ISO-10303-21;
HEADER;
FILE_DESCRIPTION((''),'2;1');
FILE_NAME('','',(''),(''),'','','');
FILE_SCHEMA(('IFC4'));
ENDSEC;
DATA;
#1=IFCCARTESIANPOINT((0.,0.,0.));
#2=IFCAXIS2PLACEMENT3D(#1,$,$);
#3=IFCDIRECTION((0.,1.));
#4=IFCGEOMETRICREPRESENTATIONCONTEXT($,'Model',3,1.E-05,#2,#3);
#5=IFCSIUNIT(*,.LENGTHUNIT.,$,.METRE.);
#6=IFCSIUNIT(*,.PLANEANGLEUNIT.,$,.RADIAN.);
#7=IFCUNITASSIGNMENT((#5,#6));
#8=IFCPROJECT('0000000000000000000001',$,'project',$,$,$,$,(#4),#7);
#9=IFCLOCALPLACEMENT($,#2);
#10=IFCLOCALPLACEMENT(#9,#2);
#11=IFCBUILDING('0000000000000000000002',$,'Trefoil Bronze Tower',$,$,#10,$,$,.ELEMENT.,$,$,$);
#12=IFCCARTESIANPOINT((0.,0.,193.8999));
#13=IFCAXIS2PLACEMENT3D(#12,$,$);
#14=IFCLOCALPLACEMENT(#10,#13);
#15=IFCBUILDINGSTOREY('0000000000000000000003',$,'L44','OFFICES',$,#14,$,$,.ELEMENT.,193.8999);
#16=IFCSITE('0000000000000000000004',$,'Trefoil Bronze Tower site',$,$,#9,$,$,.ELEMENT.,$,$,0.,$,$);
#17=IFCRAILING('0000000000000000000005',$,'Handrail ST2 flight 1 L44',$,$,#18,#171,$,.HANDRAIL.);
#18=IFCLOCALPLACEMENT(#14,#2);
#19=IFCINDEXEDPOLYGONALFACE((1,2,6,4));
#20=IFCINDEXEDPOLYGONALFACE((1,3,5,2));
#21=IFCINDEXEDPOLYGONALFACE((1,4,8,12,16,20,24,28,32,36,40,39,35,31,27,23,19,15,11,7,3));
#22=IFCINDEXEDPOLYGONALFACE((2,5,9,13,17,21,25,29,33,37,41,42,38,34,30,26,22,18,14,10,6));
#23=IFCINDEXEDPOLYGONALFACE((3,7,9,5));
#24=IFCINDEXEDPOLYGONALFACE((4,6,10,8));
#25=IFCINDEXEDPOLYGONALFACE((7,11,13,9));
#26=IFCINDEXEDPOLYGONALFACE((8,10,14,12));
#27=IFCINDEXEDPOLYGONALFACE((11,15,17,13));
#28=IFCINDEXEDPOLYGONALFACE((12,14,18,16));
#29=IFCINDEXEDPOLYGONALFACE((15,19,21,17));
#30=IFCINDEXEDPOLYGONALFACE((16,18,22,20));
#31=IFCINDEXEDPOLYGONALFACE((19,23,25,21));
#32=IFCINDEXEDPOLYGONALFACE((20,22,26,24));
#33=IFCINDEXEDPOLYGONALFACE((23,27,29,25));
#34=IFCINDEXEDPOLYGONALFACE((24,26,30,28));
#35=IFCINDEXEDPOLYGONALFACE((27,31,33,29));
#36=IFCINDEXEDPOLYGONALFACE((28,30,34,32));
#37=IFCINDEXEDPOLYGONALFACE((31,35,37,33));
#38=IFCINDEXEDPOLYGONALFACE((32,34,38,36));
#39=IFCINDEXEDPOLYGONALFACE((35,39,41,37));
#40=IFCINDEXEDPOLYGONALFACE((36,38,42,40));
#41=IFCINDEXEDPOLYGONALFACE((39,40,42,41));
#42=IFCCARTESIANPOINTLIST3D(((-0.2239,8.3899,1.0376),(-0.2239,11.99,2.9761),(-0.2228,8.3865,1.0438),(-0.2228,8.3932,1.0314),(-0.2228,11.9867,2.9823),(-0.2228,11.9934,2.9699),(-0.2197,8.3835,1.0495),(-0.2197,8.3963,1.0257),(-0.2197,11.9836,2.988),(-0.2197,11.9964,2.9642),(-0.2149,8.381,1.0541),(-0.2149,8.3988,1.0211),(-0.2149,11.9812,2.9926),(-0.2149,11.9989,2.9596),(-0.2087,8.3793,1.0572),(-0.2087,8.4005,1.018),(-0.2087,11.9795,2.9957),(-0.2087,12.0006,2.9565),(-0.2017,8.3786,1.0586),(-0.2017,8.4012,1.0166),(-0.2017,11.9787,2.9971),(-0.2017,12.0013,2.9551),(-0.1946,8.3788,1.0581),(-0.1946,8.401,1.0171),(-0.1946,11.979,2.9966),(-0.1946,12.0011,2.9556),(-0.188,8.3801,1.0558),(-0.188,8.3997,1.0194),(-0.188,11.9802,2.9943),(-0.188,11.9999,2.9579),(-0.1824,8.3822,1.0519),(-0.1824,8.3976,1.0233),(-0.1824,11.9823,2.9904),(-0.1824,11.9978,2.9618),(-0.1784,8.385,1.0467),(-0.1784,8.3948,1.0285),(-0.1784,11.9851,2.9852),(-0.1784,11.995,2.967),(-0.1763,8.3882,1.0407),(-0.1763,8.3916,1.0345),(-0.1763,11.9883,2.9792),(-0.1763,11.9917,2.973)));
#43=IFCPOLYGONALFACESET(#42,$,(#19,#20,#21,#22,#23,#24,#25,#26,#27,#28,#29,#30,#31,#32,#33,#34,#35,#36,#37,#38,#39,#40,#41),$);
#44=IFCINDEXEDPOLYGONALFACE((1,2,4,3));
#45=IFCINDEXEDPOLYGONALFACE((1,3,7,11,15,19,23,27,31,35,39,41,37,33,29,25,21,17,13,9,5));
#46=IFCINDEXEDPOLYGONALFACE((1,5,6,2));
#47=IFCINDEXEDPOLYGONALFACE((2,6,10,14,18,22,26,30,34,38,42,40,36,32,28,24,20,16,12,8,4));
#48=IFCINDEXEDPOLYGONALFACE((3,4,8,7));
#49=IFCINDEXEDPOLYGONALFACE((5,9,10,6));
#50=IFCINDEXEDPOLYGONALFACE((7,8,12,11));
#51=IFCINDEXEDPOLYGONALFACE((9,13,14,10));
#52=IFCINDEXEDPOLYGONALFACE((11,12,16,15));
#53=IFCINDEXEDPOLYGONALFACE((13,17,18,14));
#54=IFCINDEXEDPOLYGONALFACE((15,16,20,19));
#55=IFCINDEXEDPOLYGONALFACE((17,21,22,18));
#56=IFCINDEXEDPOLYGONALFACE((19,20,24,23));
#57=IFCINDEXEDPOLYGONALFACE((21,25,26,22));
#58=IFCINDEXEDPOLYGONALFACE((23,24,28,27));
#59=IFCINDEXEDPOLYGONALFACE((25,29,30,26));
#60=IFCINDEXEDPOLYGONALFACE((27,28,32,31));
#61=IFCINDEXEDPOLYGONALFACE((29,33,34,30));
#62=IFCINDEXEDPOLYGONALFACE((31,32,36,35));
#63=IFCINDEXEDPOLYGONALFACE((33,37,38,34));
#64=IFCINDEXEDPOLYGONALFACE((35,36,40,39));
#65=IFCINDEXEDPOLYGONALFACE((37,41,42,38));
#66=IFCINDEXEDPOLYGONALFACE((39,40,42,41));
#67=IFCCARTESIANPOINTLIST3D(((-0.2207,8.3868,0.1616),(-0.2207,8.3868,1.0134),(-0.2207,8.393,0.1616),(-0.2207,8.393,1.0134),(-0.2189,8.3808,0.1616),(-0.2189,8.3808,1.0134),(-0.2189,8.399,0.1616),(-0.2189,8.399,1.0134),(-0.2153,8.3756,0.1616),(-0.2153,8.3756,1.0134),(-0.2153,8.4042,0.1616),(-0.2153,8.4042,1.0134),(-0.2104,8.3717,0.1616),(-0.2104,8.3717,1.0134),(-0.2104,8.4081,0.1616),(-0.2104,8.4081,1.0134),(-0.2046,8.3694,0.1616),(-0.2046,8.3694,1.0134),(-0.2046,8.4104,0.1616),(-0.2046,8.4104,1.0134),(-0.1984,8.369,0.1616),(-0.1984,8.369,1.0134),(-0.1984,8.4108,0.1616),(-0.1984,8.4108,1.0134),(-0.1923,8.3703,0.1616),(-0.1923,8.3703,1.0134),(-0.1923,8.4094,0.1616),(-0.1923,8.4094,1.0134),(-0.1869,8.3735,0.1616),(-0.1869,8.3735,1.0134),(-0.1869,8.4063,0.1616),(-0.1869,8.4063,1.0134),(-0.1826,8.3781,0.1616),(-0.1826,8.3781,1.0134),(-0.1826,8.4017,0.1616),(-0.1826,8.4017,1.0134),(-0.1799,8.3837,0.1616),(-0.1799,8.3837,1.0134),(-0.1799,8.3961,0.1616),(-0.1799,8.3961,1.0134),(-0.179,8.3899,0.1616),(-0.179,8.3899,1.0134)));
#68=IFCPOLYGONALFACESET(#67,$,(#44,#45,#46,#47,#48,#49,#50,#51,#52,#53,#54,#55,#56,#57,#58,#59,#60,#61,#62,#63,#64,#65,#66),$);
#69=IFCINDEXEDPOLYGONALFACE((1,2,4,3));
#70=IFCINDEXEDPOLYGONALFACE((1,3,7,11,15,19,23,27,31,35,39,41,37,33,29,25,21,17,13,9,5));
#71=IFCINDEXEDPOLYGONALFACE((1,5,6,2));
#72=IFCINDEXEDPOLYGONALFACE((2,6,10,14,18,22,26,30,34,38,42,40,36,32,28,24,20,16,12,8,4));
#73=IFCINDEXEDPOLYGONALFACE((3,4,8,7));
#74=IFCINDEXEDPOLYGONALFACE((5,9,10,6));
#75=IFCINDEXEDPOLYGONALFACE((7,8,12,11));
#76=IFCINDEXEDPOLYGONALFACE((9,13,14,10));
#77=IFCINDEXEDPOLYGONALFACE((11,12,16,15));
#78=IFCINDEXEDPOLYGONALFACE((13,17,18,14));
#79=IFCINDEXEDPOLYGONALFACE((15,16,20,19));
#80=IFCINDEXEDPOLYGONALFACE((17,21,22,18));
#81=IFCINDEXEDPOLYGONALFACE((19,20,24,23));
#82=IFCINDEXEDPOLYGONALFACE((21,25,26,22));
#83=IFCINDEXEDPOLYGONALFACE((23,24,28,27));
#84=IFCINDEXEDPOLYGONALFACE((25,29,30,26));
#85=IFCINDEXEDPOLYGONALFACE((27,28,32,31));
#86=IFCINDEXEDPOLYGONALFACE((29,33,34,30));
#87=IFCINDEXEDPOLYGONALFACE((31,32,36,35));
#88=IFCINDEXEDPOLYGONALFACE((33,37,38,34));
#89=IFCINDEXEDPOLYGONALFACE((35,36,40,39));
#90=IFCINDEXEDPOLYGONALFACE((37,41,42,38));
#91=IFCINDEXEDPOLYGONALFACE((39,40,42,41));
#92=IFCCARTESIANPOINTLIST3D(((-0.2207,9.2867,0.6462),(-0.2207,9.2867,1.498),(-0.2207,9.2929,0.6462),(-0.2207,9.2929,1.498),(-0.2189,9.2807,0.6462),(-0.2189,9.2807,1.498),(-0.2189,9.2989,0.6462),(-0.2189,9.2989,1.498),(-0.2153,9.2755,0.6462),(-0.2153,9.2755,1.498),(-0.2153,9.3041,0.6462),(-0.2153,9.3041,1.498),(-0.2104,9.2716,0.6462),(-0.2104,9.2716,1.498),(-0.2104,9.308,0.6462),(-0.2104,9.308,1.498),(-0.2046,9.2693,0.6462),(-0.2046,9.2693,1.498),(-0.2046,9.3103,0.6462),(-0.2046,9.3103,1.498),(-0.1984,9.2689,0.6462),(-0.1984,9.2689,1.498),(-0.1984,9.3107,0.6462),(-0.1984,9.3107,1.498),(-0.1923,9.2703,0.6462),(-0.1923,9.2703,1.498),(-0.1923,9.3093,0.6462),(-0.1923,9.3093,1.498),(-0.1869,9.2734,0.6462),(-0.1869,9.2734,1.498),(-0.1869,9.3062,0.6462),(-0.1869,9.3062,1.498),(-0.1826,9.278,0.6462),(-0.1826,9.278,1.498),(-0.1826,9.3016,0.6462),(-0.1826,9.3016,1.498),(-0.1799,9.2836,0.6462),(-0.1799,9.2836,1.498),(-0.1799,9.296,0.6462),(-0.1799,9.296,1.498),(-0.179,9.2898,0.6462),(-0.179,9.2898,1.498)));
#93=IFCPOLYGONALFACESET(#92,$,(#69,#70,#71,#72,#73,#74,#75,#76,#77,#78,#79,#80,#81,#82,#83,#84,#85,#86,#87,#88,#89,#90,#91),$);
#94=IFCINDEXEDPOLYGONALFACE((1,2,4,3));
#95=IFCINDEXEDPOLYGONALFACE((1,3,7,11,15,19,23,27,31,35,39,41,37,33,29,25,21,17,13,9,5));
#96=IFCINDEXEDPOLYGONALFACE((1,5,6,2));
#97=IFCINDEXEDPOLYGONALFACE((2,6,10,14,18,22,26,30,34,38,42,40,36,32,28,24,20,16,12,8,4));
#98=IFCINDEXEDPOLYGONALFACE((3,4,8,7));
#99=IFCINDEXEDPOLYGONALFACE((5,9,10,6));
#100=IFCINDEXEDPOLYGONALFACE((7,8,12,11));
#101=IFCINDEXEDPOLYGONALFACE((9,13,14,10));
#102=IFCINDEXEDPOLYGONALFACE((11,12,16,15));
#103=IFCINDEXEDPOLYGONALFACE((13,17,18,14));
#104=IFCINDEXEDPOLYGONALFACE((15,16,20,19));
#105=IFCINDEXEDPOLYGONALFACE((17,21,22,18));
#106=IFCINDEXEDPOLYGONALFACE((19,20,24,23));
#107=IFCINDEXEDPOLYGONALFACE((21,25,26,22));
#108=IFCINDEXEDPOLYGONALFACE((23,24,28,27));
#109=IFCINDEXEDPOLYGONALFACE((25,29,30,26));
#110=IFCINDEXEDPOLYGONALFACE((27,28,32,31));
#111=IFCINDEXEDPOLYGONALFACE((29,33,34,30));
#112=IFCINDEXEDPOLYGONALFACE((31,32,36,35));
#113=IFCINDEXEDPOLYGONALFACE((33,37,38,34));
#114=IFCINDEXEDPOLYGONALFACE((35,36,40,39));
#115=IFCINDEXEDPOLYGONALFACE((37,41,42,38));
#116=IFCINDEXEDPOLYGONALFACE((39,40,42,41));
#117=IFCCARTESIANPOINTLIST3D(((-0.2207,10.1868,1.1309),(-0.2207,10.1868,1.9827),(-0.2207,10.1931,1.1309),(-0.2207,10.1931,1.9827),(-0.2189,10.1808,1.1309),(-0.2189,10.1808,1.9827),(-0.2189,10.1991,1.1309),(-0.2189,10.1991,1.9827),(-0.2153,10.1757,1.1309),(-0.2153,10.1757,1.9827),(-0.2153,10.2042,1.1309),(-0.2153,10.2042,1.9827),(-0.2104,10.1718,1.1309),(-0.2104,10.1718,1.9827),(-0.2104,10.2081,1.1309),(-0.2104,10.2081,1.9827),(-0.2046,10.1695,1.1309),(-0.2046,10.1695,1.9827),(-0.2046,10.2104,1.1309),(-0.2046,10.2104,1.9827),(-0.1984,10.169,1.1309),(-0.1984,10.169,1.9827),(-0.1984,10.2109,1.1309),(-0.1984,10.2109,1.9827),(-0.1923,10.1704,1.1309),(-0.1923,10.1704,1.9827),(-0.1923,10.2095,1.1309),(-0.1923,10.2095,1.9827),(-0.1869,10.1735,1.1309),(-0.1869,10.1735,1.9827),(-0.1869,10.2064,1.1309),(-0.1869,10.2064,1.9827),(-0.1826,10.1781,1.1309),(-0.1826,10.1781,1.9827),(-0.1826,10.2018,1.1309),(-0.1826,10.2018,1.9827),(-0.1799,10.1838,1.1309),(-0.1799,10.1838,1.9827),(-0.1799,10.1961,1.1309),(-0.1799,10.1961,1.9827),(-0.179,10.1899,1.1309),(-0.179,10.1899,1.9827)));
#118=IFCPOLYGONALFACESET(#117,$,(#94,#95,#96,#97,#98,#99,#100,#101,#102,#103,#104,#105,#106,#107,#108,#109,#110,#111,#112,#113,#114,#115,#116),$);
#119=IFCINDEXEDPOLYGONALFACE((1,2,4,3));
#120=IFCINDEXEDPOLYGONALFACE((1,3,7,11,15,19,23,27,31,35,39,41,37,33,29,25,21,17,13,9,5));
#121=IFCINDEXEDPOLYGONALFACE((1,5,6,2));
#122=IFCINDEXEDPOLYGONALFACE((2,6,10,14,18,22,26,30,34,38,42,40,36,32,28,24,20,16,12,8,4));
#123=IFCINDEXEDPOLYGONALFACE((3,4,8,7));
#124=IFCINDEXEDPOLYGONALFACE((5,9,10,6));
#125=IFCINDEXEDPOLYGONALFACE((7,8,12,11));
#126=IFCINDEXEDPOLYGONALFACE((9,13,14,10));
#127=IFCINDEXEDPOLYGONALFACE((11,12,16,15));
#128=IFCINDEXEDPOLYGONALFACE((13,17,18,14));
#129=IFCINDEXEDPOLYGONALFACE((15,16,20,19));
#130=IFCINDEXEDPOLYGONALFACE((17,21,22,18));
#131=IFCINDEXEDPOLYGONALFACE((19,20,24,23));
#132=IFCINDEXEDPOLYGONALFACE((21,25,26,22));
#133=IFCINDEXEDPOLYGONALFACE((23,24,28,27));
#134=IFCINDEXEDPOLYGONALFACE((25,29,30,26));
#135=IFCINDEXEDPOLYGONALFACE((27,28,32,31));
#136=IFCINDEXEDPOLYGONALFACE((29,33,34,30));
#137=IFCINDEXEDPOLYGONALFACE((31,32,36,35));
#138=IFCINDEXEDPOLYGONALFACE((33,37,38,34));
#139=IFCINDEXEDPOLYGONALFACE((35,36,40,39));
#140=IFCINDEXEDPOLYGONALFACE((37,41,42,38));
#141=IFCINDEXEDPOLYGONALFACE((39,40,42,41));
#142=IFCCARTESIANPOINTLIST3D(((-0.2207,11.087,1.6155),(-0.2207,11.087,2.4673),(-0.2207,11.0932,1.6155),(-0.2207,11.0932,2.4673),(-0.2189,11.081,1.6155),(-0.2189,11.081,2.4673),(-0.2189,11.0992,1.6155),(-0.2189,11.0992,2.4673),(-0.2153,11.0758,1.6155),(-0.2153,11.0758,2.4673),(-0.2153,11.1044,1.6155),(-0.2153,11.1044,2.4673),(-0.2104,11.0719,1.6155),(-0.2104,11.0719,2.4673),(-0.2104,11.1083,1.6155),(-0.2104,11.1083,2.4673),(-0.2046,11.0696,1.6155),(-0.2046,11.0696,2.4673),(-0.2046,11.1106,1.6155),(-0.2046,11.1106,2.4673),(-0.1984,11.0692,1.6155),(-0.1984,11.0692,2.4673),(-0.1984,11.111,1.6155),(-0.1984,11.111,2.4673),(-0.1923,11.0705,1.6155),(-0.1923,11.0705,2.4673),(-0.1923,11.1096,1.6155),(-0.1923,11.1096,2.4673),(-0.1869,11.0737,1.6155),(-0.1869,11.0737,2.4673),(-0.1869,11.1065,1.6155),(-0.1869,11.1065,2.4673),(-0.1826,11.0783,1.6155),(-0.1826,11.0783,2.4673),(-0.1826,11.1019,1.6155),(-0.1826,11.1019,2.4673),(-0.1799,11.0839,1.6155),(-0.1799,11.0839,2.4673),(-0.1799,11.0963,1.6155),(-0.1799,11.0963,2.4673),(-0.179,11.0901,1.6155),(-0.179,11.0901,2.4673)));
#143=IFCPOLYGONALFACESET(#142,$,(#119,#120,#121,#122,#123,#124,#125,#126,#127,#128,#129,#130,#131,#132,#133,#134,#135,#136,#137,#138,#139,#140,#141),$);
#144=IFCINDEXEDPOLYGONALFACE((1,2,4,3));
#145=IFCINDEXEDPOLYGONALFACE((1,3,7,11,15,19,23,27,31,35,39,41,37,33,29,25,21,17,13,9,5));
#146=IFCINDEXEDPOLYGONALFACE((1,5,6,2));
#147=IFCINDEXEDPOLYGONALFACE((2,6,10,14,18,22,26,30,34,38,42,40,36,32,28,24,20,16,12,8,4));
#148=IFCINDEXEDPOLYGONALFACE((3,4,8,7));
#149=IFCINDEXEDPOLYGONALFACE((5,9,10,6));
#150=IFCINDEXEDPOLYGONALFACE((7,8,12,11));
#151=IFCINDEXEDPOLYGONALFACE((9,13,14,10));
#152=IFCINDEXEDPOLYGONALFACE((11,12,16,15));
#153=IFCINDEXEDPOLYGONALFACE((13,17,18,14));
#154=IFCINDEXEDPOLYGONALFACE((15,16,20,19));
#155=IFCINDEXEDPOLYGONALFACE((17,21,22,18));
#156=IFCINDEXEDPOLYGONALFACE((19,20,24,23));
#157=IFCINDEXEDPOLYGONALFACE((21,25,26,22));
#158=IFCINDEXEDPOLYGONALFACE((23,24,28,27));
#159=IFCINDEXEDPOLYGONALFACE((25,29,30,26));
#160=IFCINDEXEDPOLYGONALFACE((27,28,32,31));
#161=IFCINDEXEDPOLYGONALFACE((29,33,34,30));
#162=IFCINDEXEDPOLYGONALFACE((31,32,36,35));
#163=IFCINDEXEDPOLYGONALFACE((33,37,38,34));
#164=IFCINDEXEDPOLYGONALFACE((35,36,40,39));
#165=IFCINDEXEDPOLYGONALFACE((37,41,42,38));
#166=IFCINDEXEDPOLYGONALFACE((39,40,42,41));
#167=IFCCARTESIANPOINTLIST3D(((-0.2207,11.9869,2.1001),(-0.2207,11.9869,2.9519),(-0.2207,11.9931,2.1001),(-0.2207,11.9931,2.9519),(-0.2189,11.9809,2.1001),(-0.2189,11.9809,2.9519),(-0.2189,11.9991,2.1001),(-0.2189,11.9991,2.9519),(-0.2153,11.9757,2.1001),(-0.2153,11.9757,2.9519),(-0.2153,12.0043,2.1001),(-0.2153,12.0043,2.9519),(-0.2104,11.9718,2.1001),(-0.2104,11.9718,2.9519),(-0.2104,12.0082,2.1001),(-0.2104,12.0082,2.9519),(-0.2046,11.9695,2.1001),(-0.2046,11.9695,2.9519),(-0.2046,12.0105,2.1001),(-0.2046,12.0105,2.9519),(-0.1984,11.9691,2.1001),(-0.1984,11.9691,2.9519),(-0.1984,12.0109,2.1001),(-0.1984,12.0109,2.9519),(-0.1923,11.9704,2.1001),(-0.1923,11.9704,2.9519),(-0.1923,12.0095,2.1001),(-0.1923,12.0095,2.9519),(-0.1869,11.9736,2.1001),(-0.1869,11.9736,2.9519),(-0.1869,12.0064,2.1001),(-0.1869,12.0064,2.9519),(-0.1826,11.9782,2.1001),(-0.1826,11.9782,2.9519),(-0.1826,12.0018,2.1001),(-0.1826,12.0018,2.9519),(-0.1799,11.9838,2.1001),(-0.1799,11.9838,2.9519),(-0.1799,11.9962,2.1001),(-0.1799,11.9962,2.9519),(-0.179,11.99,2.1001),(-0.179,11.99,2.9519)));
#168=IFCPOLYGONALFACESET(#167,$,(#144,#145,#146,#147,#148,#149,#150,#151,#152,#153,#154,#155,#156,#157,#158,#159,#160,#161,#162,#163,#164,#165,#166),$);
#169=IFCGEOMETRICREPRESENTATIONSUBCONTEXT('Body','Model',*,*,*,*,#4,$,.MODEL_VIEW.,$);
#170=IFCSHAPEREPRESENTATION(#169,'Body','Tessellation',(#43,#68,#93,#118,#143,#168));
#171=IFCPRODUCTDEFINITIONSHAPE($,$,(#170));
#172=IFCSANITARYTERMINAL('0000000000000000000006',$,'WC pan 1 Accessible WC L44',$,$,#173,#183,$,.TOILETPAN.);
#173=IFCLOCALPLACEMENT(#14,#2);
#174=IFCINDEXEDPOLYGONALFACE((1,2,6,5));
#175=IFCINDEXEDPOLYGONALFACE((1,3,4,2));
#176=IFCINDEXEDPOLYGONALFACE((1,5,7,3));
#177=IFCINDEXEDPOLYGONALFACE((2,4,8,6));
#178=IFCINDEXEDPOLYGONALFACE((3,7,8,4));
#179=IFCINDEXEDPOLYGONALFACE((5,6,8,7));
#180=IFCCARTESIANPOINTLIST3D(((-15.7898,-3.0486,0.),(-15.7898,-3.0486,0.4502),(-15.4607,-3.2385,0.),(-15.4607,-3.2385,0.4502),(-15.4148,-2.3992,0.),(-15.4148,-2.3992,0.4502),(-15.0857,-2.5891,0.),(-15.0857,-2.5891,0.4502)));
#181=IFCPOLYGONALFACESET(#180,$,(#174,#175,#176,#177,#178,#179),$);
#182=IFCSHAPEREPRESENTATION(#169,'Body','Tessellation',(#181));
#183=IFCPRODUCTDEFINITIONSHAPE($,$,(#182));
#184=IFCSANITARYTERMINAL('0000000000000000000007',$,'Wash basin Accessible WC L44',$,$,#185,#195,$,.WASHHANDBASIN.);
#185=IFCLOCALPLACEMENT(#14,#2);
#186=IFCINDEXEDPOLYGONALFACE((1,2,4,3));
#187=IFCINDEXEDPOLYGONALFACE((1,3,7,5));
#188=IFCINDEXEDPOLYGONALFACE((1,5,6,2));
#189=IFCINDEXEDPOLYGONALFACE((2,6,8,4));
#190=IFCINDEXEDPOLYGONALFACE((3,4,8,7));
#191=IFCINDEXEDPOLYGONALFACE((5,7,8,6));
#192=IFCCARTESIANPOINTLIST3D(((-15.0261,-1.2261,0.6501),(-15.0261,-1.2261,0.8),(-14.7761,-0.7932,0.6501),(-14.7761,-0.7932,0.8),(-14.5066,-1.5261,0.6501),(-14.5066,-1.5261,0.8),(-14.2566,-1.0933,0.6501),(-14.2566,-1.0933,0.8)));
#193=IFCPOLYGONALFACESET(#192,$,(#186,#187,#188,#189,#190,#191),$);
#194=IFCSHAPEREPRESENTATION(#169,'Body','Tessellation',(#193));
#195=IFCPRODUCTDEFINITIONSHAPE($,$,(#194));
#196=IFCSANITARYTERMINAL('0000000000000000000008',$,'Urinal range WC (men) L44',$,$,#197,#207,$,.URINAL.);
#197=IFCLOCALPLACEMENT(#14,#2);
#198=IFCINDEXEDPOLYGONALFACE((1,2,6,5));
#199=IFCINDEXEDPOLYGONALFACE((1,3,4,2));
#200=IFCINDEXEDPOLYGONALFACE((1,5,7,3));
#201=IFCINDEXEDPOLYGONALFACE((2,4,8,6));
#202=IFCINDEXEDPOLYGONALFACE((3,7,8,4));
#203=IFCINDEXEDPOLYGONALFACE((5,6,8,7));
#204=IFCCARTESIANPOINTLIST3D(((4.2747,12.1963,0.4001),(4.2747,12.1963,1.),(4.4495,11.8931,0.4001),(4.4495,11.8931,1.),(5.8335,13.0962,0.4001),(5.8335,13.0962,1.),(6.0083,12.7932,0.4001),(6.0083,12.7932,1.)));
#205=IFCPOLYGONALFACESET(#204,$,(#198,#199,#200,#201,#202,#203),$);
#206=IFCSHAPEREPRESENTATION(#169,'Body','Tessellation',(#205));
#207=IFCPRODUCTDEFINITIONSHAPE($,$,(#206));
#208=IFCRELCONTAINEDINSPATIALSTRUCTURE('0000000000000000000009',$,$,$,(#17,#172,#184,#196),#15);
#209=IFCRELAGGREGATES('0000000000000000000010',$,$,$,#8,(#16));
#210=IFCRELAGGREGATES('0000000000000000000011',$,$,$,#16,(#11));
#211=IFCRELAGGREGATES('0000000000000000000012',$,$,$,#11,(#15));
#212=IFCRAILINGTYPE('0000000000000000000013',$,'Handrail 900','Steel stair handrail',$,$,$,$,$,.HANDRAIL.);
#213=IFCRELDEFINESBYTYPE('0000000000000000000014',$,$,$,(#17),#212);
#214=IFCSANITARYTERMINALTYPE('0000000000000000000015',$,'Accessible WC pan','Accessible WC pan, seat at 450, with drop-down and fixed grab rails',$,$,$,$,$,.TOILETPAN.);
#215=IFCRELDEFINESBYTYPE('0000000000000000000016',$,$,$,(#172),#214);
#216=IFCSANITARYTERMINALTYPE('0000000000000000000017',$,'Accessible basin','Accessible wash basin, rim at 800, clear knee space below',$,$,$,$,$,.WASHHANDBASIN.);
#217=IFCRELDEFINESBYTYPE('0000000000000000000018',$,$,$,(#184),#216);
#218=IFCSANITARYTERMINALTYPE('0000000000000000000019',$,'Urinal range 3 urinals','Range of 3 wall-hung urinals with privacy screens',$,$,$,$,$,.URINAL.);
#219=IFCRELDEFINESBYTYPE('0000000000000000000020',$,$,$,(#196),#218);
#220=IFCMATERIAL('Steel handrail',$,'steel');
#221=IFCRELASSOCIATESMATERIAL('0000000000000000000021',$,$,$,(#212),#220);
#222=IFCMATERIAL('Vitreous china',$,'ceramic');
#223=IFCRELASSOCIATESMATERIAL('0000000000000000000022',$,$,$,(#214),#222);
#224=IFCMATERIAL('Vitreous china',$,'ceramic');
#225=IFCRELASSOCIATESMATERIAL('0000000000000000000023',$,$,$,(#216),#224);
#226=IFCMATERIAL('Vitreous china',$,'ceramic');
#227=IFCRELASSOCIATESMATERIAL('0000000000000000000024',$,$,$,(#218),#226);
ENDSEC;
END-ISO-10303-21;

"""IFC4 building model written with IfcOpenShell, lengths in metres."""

from ifc_helpers import new_model, si_unit, direction, frame, origin, origin_2d, place, context, subcontext, project, spatial, polyline, circle, outline, extrude, material, type_object, element, save


model = new_model("IFC4")

# Units and contexts
model_context = context("Model", 3, precision=1e-05, world=origin(), true_north=direction((0.0, 1.0)))
body_context = subcontext(model_context, "Body", "Model", "MODEL_VIEW")
ifc_project = project(units=[si_unit("LENGTHUNIT", "METRE"), si_unit("PLANEANGLEUNIT", "RADIAN")], contexts=[model_context])

# Site, building, storey
site_placement = place(None, origin())
site = spatial("IfcSite", under=ifc_project, at=site_placement, Name="Trefoil Bronze Tower site", CompositionType="ELEMENT", RefElevation=0.0)
building_placement = place(site_placement, origin())
building = spatial("IfcBuilding", under=site, at=building_placement, Name="Trefoil Bronze Tower", CompositionType="ELEMENT")
storey_placement = place(building_placement, frame((0.0, 0.0, 193.8999)))
storey = spatial("IfcBuildingStorey", under=building, at=storey_placement, Name="L44", Description="OFFICES", CompositionType="ELEMENT", Elevation=193.8999)

# Railing
ifc_material_1 = material(Name="Steel handrail", Category="steel")
railing_type = type_object("IfcRailingType", Name="Handrail 900", Description="Steel stair handrail", PredefinedType="HANDRAIL", material=ifc_material_1)
railing_placement = place(storey_placement, frame((-0.2, 8.3899, 0.1616)))
element("IfcRailing", 1, at=railing_placement, inside=storey, type_object=railing_type, Name="Handrail ST2 flight 1 L44", PredefinedType="HANDRAIL", context=body_context, shape_type="SweptSolid", body=[
    extrude(circle(Radius=0.0239, at=origin_2d()), frame((0.0, 0.0, 0.876), z_axis=(0.0, 0.880475, 0.474093), x_axis=(-1.0, 0.0, 0.0)), (0.0, 0.0, 1.0), 4.0889),
    extrude(circle(Radius=0.021, at=origin_2d()), origin(), (0.0, 0.0, 1.0), 0.8518),
    extrude(circle(Radius=0.021, at=origin_2d()), frame((0.0, 0.8999, 0.4846)), (0.0, 0.0, 1.0), 0.8518),
    extrude(circle(Radius=0.021, at=origin_2d()), frame((0.0, 1.8, 0.9692)), (0.0, 0.0, 1.0), 0.8518),
    extrude(circle(Radius=0.021, at=origin_2d()), frame((0.0, 2.7002, 1.4539)), (0.0, 0.0, 1.0), 0.8518),
    extrude(circle(Radius=0.021, at=origin_2d()), frame((0.0, 3.6001, 1.9385)), (0.0, 0.0, 1.0), 0.8518),
])

# Sanitary terminals
ifc_material_2 = material(Name="Vitreous china", Category="ceramic")
sanitary_terminal_type_1 = type_object("IfcSanitaryTerminalType", Name="Accessible WC pan", Description="Accessible WC pan, seat at 450, with drop-down and fixed grab rails", PredefinedType="TOILETPAN", material=ifc_material_2)
sanitary_terminal_1_placement = place(storey_placement, origin())
element("IfcSanitaryTerminal", 2, at=sanitary_terminal_1_placement, inside=storey, type_object=sanitary_terminal_type_1, Name="WC pan 1 Accessible WC L44", PredefinedType="TOILETPAN", context=body_context, shape_type="SweptSolid", body=[
    extrude(outline(polyline([(-15.0857, -2.5891), (-15.4607, -3.2385), (-15.7898, -3.0486), (-15.4148, -2.3992), (-15.0857, -2.5891)])), origin(), (0.0, 0.0, 1.0), 0.4502),
])
ifc_material_3 = material(Name="Vitreous china", Category="ceramic")
sanitary_terminal_type_2 = type_object("IfcSanitaryTerminalType", Name="Accessible basin", Description="Accessible wash basin, rim at 800, clear knee space below", PredefinedType="WASHHANDBASIN", material=ifc_material_3)
sanitary_terminal_2_placement = place(storey_placement, frame((0.0, 0.0, 0.6501)))
element("IfcSanitaryTerminal", 3, at=sanitary_terminal_2_placement, inside=storey, type_object=sanitary_terminal_type_2, Name="Wash basin Accessible WC L44", PredefinedType="WASHHANDBASIN", context=body_context, shape_type="SweptSolid", body=[
    extrude(outline(polyline([(-14.2566, -1.0933), (-14.5066, -1.5261), (-15.0261, -1.2261), (-14.7761, -0.7932), (-14.2566, -1.0933)])), origin(), (0.0, 0.0, 1.0), 0.1499),
])
ifc_material_4 = material(Name="Vitreous china", Category="ceramic")
sanitary_terminal_type_3 = type_object("IfcSanitaryTerminalType", Name="Urinal range 3 urinals", Description="Range of 3 wall-hung urinals with privacy screens", PredefinedType="URINAL", material=ifc_material_4)
sanitary_terminal_3_placement = place(storey_placement, frame((0.0, 0.0, 0.4001)))
element("IfcSanitaryTerminal", 4, at=sanitary_terminal_3_placement, inside=storey, type_object=sanitary_terminal_type_3, Name="Urinal range WC (men) L44", PredefinedType="URINAL", context=body_context, shape_type="SweptSolid", body=[
    extrude(outline(polyline([(4.4495, 11.8931), (4.2747, 12.1963), (5.8335, 13.0962), (6.0083, 12.7932), (4.4495, 11.8931)])), origin(), (0.0, 0.0, 1.0), 0.5999),
])

save(model, "model.ifc")
